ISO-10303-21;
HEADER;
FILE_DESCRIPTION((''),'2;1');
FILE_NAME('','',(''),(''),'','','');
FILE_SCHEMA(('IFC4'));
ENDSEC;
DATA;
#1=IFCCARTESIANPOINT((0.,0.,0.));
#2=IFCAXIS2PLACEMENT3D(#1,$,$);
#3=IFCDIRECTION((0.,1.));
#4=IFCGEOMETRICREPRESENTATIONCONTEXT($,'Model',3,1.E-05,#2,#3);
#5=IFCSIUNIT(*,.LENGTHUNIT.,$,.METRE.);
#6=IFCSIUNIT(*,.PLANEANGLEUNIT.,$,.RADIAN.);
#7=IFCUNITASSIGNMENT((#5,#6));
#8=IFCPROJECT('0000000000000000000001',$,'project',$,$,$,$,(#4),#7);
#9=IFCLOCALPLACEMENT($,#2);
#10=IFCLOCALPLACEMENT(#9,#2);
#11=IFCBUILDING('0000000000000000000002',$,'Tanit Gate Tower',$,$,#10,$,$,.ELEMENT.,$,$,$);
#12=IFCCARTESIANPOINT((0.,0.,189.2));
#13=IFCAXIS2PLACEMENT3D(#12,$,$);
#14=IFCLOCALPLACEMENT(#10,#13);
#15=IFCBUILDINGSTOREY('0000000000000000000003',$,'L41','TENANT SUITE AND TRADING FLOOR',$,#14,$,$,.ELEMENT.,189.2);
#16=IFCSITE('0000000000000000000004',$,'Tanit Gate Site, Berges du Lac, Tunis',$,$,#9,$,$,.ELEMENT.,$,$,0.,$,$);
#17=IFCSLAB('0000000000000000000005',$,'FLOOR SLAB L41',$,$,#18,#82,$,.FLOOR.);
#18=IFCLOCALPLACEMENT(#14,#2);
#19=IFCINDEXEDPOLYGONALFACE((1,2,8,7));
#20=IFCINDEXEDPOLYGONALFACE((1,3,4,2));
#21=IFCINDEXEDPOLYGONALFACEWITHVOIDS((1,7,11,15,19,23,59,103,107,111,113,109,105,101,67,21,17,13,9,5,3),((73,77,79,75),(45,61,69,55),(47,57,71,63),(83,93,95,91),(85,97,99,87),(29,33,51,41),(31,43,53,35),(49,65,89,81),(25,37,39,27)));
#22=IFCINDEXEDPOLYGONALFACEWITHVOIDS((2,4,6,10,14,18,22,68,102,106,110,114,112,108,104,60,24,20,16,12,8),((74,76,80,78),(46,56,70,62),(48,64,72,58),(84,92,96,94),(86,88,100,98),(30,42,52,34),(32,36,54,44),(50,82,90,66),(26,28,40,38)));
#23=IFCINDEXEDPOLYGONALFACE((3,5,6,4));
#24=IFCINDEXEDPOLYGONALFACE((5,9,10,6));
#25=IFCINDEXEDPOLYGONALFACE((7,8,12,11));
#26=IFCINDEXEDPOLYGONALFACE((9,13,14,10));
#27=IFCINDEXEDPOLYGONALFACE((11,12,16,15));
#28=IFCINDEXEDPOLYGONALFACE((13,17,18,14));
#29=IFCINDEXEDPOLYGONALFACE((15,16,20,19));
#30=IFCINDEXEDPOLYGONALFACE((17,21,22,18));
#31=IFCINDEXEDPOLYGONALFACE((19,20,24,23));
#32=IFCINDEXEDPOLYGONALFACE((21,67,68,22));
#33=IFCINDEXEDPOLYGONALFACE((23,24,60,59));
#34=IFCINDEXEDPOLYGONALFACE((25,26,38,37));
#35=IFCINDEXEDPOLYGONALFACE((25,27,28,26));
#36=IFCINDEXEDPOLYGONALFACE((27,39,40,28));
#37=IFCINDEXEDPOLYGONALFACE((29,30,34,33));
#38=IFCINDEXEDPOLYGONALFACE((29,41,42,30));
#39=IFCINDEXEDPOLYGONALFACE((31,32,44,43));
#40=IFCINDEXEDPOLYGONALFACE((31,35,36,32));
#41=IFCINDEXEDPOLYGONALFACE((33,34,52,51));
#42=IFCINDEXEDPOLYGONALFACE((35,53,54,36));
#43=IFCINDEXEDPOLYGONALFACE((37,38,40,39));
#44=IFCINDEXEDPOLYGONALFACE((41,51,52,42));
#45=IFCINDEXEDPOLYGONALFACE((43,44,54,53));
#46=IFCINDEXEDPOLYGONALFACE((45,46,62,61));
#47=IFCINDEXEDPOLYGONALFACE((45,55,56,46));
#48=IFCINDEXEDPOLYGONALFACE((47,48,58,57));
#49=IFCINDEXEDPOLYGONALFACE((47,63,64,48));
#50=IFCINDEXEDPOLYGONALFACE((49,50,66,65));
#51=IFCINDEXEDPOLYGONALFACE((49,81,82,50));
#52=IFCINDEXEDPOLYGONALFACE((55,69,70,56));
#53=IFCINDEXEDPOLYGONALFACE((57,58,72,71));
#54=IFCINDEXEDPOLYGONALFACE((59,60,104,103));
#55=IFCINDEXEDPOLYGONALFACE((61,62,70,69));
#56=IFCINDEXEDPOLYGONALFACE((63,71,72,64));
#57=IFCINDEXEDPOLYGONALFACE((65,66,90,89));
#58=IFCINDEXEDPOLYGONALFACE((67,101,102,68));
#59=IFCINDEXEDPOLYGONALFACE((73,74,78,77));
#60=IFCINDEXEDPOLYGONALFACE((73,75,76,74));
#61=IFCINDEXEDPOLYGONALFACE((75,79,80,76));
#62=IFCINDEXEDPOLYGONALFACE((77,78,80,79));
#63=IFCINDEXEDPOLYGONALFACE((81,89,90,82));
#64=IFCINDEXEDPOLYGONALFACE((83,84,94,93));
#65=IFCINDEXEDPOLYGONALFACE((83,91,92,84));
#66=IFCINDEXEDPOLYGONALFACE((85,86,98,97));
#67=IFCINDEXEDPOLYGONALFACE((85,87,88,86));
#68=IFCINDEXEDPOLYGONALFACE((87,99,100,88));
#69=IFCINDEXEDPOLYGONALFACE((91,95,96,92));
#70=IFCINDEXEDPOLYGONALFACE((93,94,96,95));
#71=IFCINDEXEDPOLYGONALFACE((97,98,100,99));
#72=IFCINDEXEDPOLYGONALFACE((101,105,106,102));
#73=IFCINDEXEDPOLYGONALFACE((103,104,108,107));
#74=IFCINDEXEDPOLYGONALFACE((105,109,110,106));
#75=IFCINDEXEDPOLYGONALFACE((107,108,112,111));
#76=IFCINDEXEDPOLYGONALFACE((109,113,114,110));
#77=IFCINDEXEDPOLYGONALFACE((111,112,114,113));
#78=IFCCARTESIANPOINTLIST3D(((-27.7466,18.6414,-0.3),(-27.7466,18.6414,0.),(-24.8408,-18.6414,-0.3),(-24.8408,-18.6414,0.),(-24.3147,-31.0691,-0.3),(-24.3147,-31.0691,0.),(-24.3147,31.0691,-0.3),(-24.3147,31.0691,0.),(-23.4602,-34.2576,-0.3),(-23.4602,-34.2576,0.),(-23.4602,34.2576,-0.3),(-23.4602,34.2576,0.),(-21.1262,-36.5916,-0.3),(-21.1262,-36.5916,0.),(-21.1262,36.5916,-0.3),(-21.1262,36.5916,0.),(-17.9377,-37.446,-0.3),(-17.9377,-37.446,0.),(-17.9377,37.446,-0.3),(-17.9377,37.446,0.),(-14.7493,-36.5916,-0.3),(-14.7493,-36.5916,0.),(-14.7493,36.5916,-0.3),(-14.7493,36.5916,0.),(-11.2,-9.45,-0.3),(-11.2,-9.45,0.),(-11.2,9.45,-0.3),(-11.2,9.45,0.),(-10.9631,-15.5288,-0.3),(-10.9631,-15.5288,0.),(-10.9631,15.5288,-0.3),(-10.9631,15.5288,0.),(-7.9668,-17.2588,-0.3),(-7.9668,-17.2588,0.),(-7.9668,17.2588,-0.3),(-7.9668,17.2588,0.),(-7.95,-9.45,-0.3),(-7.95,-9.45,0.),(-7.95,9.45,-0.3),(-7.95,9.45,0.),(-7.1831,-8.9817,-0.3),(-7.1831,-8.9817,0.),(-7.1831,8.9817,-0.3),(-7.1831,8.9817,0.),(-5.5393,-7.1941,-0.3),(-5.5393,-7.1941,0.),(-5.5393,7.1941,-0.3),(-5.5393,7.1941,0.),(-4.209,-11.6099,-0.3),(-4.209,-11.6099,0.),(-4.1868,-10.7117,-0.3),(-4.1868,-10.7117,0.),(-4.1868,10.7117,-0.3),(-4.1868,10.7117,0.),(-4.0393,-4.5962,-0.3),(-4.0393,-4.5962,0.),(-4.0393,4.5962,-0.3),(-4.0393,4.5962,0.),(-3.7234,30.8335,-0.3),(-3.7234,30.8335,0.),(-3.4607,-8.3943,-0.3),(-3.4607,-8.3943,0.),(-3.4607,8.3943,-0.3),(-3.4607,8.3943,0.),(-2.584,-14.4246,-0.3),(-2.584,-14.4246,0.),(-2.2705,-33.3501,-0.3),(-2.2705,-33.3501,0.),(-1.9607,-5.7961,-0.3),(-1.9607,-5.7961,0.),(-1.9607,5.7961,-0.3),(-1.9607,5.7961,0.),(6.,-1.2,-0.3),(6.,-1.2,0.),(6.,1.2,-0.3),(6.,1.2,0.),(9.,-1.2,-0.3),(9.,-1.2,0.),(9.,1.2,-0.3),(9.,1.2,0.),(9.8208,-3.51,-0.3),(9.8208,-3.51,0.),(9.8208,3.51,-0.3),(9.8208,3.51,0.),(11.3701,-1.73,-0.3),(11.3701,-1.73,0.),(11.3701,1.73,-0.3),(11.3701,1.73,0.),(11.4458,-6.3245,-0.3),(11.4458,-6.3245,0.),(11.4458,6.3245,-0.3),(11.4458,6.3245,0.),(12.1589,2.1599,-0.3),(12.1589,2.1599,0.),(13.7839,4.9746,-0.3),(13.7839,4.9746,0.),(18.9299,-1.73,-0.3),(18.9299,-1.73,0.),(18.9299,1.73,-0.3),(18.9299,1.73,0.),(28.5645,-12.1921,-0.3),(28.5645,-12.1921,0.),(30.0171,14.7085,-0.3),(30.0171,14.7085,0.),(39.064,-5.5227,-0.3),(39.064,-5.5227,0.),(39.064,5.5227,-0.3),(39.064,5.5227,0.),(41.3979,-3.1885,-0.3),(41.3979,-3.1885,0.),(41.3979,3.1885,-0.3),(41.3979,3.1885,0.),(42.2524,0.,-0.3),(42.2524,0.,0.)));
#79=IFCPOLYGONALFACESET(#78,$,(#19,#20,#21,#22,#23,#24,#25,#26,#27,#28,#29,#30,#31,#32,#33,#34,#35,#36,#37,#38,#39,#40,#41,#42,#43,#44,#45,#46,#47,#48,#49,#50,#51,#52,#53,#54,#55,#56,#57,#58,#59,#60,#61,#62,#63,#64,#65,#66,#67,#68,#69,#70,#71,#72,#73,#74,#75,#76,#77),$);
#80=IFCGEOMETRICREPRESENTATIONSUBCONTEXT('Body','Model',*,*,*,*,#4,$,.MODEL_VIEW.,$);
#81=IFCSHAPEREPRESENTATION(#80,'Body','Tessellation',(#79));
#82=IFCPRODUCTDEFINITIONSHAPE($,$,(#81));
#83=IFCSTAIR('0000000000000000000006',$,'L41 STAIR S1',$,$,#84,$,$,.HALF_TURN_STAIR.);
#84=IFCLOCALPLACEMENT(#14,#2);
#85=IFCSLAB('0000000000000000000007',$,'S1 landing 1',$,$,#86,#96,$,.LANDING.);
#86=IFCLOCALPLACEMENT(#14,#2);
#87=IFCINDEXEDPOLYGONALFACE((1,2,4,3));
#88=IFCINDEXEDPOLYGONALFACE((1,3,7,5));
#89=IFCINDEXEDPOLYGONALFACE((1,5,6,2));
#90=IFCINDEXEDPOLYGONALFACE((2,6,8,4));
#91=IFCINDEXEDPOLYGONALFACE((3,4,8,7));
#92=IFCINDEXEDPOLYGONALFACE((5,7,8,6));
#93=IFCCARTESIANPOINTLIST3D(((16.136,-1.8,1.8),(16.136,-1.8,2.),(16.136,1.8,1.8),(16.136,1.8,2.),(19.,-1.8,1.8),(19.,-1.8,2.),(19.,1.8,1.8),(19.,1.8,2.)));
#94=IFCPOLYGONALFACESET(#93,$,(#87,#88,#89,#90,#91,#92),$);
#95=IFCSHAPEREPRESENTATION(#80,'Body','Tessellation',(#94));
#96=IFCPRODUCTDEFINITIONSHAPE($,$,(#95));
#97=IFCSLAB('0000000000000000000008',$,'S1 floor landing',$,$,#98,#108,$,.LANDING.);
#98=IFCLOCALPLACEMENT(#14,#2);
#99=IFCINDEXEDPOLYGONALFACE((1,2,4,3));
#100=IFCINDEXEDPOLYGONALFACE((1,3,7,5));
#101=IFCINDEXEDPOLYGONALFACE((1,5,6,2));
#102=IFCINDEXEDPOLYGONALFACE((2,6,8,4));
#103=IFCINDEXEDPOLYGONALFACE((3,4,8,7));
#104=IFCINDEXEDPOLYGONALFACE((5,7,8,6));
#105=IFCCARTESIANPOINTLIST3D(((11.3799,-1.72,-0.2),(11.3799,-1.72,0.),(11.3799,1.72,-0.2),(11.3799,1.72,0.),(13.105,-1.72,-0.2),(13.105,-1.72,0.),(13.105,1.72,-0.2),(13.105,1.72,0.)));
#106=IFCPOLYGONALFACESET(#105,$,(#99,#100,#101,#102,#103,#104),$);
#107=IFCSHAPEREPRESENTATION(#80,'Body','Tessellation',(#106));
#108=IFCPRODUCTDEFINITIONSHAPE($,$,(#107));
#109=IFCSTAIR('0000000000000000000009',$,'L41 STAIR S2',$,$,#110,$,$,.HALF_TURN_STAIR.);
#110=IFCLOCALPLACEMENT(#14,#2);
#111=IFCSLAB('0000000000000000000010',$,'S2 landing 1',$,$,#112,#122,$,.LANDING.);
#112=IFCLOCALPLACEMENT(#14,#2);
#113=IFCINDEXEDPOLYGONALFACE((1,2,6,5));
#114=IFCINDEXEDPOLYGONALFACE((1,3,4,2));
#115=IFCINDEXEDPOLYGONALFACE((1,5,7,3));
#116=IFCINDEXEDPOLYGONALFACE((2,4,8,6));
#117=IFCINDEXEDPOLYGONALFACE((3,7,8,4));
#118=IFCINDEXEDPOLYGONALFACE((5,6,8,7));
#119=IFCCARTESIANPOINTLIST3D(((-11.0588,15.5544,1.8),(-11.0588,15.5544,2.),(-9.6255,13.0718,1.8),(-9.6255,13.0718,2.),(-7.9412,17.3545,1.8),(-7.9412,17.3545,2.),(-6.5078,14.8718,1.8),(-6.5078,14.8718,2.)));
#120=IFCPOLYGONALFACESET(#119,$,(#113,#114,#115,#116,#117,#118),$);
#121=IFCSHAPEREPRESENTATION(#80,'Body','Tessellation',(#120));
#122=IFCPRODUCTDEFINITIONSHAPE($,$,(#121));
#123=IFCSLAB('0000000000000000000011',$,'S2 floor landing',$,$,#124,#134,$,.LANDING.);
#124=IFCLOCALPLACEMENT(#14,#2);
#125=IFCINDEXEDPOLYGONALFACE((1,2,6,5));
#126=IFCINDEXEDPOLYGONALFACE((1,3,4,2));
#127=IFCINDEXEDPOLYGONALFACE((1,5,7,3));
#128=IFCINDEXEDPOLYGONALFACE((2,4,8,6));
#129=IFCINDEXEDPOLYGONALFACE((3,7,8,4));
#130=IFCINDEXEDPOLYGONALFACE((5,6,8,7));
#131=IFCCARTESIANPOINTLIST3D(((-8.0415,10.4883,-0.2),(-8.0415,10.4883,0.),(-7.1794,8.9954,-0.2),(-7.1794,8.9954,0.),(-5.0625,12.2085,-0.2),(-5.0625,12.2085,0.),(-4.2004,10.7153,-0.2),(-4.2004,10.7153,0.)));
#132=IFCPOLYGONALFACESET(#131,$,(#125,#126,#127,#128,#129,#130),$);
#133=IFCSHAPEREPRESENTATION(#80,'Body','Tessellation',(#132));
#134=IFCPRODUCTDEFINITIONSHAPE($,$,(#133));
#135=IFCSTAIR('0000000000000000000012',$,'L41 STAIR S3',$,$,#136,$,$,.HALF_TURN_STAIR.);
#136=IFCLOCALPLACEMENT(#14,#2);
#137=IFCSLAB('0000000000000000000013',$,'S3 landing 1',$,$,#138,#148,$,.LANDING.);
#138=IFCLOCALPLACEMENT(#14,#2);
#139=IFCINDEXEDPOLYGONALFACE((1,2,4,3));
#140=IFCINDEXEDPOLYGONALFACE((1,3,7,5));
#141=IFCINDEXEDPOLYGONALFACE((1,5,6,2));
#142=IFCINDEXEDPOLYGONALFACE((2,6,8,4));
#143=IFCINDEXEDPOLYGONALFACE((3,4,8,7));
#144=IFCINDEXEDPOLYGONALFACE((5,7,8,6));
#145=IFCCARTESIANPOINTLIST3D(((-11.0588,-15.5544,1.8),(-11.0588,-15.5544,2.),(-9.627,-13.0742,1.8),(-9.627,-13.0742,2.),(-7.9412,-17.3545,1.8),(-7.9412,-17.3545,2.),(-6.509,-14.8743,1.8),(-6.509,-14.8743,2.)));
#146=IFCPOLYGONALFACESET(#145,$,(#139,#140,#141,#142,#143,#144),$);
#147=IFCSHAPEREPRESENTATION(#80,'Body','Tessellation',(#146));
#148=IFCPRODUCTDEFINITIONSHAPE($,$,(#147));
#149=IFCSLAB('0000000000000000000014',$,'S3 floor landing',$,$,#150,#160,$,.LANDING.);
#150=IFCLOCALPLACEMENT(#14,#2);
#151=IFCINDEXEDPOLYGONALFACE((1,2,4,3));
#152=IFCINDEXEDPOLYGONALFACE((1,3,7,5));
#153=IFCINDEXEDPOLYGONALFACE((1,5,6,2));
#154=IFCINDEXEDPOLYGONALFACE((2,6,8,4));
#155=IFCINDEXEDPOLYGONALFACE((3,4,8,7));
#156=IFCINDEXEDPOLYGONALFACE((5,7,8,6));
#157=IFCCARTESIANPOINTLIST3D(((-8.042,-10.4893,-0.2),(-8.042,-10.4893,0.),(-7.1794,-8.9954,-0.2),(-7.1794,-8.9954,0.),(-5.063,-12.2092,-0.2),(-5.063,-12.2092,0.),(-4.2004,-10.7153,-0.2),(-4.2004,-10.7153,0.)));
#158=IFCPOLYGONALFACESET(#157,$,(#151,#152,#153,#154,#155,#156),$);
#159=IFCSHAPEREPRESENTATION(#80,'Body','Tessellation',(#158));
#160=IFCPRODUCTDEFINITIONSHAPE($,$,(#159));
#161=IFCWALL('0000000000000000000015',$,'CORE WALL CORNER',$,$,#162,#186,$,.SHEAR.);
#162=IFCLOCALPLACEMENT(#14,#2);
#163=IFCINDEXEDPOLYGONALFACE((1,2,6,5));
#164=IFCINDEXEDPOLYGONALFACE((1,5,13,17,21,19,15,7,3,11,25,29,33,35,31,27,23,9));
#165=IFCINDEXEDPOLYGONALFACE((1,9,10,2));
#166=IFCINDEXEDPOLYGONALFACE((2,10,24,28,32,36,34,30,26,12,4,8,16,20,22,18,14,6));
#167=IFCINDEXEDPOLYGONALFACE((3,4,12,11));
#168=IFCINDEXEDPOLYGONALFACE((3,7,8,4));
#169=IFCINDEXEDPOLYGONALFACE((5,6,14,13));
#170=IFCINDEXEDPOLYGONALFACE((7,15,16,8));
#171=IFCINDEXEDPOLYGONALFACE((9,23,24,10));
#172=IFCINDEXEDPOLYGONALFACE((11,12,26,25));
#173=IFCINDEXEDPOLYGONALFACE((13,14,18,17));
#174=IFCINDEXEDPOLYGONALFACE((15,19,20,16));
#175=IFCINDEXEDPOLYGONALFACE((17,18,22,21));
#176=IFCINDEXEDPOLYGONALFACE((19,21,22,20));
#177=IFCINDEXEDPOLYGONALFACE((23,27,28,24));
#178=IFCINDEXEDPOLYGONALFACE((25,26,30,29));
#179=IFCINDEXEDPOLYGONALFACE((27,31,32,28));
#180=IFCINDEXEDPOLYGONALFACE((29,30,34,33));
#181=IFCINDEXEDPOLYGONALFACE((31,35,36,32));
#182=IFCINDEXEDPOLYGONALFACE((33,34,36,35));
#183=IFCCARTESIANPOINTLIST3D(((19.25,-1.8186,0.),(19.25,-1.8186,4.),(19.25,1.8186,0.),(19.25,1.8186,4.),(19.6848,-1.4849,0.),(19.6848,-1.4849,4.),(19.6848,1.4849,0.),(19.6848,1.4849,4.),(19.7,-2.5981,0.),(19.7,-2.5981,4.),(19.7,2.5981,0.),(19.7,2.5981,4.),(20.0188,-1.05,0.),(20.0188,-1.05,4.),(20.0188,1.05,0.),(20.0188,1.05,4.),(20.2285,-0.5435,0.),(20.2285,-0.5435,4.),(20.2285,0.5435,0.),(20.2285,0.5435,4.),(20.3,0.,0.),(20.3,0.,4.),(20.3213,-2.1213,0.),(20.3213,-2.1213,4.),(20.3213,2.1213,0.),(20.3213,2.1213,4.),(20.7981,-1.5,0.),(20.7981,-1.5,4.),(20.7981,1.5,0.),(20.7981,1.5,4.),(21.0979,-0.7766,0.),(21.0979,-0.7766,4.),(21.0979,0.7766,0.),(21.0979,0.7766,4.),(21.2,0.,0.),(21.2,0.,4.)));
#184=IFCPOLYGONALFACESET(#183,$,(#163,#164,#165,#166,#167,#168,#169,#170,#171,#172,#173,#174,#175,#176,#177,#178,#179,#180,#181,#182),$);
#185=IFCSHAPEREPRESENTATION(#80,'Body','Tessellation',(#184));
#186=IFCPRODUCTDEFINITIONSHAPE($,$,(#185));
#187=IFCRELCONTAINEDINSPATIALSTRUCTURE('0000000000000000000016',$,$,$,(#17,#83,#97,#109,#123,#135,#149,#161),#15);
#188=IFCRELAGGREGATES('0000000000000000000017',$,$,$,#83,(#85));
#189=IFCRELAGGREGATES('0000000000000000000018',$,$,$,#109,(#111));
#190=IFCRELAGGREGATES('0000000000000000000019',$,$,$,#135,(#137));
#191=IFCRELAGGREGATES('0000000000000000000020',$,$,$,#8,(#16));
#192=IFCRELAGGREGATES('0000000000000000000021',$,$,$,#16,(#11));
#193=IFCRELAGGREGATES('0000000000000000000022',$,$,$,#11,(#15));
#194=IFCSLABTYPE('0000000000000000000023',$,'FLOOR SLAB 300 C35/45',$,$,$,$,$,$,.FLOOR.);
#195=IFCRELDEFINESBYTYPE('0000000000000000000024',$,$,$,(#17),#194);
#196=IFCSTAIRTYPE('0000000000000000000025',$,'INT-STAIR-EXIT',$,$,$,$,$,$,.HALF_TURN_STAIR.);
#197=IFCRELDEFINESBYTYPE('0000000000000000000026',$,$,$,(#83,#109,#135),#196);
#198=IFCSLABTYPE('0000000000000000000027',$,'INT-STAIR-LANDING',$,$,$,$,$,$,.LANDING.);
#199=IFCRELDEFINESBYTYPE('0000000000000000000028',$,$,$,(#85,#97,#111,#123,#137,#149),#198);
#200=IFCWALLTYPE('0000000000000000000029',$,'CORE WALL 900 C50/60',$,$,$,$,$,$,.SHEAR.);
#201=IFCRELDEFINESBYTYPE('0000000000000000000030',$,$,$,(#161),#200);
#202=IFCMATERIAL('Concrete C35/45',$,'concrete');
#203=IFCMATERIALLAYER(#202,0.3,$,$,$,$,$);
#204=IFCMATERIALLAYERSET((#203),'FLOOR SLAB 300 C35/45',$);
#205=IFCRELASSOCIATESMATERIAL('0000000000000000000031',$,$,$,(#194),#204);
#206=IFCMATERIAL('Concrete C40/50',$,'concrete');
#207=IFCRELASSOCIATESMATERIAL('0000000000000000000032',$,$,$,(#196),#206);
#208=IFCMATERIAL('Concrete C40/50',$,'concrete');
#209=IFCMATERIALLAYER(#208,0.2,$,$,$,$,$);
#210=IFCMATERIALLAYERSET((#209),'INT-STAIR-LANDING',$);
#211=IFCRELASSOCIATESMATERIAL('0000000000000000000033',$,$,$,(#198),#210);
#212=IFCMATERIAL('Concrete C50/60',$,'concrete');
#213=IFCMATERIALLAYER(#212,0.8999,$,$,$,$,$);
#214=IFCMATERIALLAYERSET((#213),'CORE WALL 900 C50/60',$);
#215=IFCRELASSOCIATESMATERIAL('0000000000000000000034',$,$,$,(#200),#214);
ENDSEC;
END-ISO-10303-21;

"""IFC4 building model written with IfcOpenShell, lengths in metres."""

from ifc_helpers import new_model, si_unit, direction, frame, origin, place, context, subcontext, project, spatial, polyline, outline, extrude, material, layer, layer_set, type_object, element, aggregate, save


model = new_model("IFC4")

# Units and contexts
model_context = context("Model", 3, precision=1e-05, world=origin(), true_north=direction((0.0, 1.0)))
body_context = subcontext(model_context, "Body", "Model", "MODEL_VIEW")
ifc_project = project(units=[si_unit("LENGTHUNIT", "METRE"), si_unit("PLANEANGLEUNIT", "RADIAN")], contexts=[model_context])

# Site, building, storey
site_placement = place(None, origin())
site = spatial("IfcSite", under=ifc_project, at=site_placement, Name="Tanit Gate Site, Berges du Lac, Tunis", CompositionType="ELEMENT", RefElevation=0.0)
building_placement = place(site_placement, origin())
building = spatial("IfcBuilding", under=site, at=building_placement, Name="Tanit Gate Tower", CompositionType="ELEMENT")
storey_placement = place(building_placement, frame((0.0, 0.0, 189.2)))
storey = spatial("IfcBuildingStorey", under=building, at=storey_placement, Name="L41", Description="TENANT SUITE AND TRADING FLOOR", CompositionType="ELEMENT", Elevation=189.2)

# Slab
ifc_material_1 = material(Name="Concrete C35/45", Category="concrete")
ifc_layer_1 = layer(ifc_material_1, 0.3)
ifc_layer_set_1 = layer_set([ifc_layer_1], Name="FLOOR SLAB 300 C35/45")
slab_type_1 = type_object("IfcSlabType", Name="FLOOR SLAB 300 C35/45", PredefinedType="FLOOR", material=ifc_layer_set_1)
slab_1_placement = place(storey_placement, frame((0.0, 0.0, -0.3)))
element("IfcSlab", 1, at=slab_1_placement, inside=storey, type_object=slab_type_1, Name="FLOOR SLAB L41", PredefinedType="FLOOR", context=body_context, shape_type="SweptSolid", body=[
    extrude(outline(polyline([(39.064, 5.5227), (41.3979, 3.1885), (42.2524, 0.0), (41.3979, -3.1885), (39.064, -5.5227), (28.5645, -12.1921), (-2.2705, -33.3501), (-14.7493, -36.5916), (-17.9377, -37.446), (-21.1262, -36.5916), (-23.4602, -34.2576), (-24.3147, -31.0691), (-24.8408, -18.6414), (-27.7466, 18.6414), (-24.3147, 31.0691), (-23.4602, 34.2576), (-21.1262, 36.5916), (-17.9377, 37.446), (-14.7493, 36.5916), (-3.7234, 30.8335), (30.0171, 14.7085), (39.064, 5.5227)]), holes=[polyline([(11.3701, 1.73), (18.9299, 1.73), (18.9299, -1.73), (11.3701, -1.73), (11.3701, 1.73)]), polyline([(9.8208, 3.51), (11.4458, 6.3245), (13.7839, 4.9746), (12.1589, 2.1599), (9.8208, 3.51)]), polyline([(-4.209, -11.6099), (9.8208, -3.51), (11.4458, -6.3245), (-2.584, -14.4246), (-4.209, -11.6099)]), polyline([(6.0, 1.2), (9.0, 1.2), (9.0, -1.2), (6.0, -1.2), (6.0, 1.2)]), polyline([(-5.5393, 7.1941), (-3.4607, 8.3943), (-1.9607, 5.7961), (-4.0393, 4.5962), (-5.5393, 7.1941)]), polyline([(-1.9607, -5.7961), (-3.4607, -8.3943), (-5.5393, -7.1941), (-4.0393, -4.5962), (-1.9607, -5.7961)]), polyline([(-10.9631, 15.5288), (-7.9668, 17.2588), (-4.1868, 10.7117), (-7.1831, 8.9817), (-10.9631, 15.5288)]), polyline([(-4.1868, -10.7117), (-7.9668, -17.2588), (-10.9631, -15.5288), (-7.1831, -8.9817), (-4.1868, -10.7117)]), polyline([(-11.2, -9.45), (-11.2, 9.45), (-7.95, 9.45), (-7.95, -9.45), (-11.2, -9.45)])]), origin(), (0.0, 0.0, 1.0), 0.3),
])

# Stair, slab
ifc_material_2 = material(Name="Concrete C40/50", Category="concrete")
stair_type = type_object("IfcStairType", Name="INT-STAIR-EXIT", PredefinedType="HALF_TURN_STAIR", material=ifc_material_2)
stair_1_placement = place(storey_placement, origin())
stair_1 = element("IfcStair", 2, at=stair_1_placement, inside=storey, type_object=stair_type, Name="L41 STAIR S1", PredefinedType="HALF_TURN_STAIR")
ifc_material_3 = material(Name="Concrete C40/50", Category="concrete")
ifc_layer_2 = layer(ifc_material_3, 0.2)
ifc_layer_set_2 = layer_set([ifc_layer_2], Name="INT-STAIR-LANDING")
slab_type_2 = type_object("IfcSlabType", Name="INT-STAIR-LANDING", PredefinedType="LANDING", material=ifc_layer_set_2)
slab_2_placement = place(storey_placement, frame((0.0, 0.0, 1.8)))
slab_2 = element("IfcSlab", 3, at=slab_2_placement, type_object=slab_type_2, Name="S1 landing 1", PredefinedType="LANDING", context=body_context, shape_type="SweptSolid", body=[
    extrude(outline(polyline([(16.136, -1.8), (19.0, -1.8), (19.0, 1.8), (16.136, 1.8), (16.136, -1.8)])), origin(), (0.0, 0.0, 1.0), 0.2),
])
aggregate(stair_1, [slab_2])

# Slab
slab_3_placement = place(storey_placement, frame((0.0, 0.0, -0.2)))
element("IfcSlab", 4, at=slab_3_placement, inside=storey, type_object=slab_type_2, Name="S1 floor landing", PredefinedType="LANDING", context=body_context, shape_type="SweptSolid", body=[
    extrude(outline(polyline([(11.3799, -1.72), (13.105, -1.72), (13.105, 1.72), (11.3799, 1.72), (11.3799, -1.72)])), origin(), (0.0, 0.0, 1.0), 0.2),
])

# Stair, slab
stair_2_placement = place(storey_placement, origin())
stair_2 = element("IfcStair", 5, at=stair_2_placement, inside=storey, type_object=stair_type, Name="L41 STAIR S2", PredefinedType="HALF_TURN_STAIR")
slab_4_placement = place(storey_placement, frame((0.0, 0.0, 1.8)))
slab_4 = element("IfcSlab", 6, at=slab_4_placement, type_object=slab_type_2, Name="S2 landing 1", PredefinedType="LANDING", context=body_context, shape_type="SweptSolid", body=[
    extrude(outline(polyline([(-6.5078, 14.8718), (-7.9412, 17.3545), (-11.0588, 15.5544), (-9.6255, 13.0718), (-6.5078, 14.8718)])), origin(), (0.0, 0.0, 1.0), 0.2),
])
aggregate(stair_2, [slab_4])

# Slab
slab_5_placement = place(storey_placement, frame((0.0, 0.0, -0.2)))
element("IfcSlab", 7, at=slab_5_placement, inside=storey, type_object=slab_type_2, Name="S2 floor landing", PredefinedType="LANDING", context=body_context, shape_type="SweptSolid", body=[
    extrude(outline(polyline([(-4.2004, 10.7153), (-5.0625, 12.2085), (-8.0415, 10.4883), (-7.1794, 8.9954), (-4.2004, 10.7153)])), origin(), (0.0, 0.0, 1.0), 0.2),
])

# Stair, slab
stair_3_placement = place(storey_placement, origin())
stair_3 = element("IfcStair", 8, at=stair_3_placement, inside=storey, type_object=stair_type, Name="L41 STAIR S3", PredefinedType="HALF_TURN_STAIR")
slab_6_placement = place(storey_placement, frame((0.0, 0.0, 1.8)))
slab_6 = element("IfcSlab", 9, at=slab_6_placement, type_object=slab_type_2, Name="S3 landing 1", PredefinedType="LANDING", context=body_context, shape_type="SweptSolid", body=[
    extrude(outline(polyline([(-9.627, -13.0742), (-11.0588, -15.5544), (-7.9412, -17.3545), (-6.509, -14.8743), (-9.627, -13.0742)])), origin(), (0.0, 0.0, 1.0), 0.2),
])
aggregate(stair_3, [slab_6])

# Slab
slab_7_placement = place(storey_placement, frame((0.0, 0.0, -0.2)))
element("IfcSlab", 10, at=slab_7_placement, inside=storey, type_object=slab_type_2, Name="S3 floor landing", PredefinedType="LANDING", context=body_context, shape_type="SweptSolid", body=[
    extrude(outline(polyline([(-7.1794, -8.9954), (-8.042, -10.4893), (-5.063, -12.2092), (-4.2004, -10.7153), (-7.1794, -8.9954)])), origin(), (0.0, 0.0, 1.0), 0.2),
])

# Wall
ifc_material_4 = material(Name="Concrete C50/60", Category="concrete")
ifc_layer_3 = layer(ifc_material_4, 0.8999)
ifc_layer_set_3 = layer_set([ifc_layer_3], Name="CORE WALL 900 C50/60")
wall_type_1 = type_object("IfcWallType", Name="CORE WALL 900 C50/60", PredefinedType="SHEAR", material=ifc_layer_set_3)
wall_1_placement = place(storey_placement, origin())
element("IfcWall", 11, at=wall_1_placement, inside=storey, type_object=wall_type_1, Name="CORE WALL CORNER", PredefinedType="SHEAR", context=body_context, shape_type="SweptSolid", body=[
    extrude(outline(polyline([(19.7, -2.5981), (20.3213, -2.1213), (20.7981, -1.5), (21.0979, -0.7766), (21.2, 0.0), (21.0979, 0.7766), (20.7981, 1.5), (20.3213, 2.1213), (19.7, 2.5981), (19.25, 1.8186), (19.6848, 1.4849), (20.0188, 1.05), (20.2285, 0.5435), (20.3, 0.0), (20.2285, -0.5435), (20.0188, -1.05), (19.6848, -1.4849), (19.25, -1.8186), (19.7, -2.5981)])), origin(), (0.0, 0.0, 1.0), 4.0),
])

save(model, "model.ifc")
